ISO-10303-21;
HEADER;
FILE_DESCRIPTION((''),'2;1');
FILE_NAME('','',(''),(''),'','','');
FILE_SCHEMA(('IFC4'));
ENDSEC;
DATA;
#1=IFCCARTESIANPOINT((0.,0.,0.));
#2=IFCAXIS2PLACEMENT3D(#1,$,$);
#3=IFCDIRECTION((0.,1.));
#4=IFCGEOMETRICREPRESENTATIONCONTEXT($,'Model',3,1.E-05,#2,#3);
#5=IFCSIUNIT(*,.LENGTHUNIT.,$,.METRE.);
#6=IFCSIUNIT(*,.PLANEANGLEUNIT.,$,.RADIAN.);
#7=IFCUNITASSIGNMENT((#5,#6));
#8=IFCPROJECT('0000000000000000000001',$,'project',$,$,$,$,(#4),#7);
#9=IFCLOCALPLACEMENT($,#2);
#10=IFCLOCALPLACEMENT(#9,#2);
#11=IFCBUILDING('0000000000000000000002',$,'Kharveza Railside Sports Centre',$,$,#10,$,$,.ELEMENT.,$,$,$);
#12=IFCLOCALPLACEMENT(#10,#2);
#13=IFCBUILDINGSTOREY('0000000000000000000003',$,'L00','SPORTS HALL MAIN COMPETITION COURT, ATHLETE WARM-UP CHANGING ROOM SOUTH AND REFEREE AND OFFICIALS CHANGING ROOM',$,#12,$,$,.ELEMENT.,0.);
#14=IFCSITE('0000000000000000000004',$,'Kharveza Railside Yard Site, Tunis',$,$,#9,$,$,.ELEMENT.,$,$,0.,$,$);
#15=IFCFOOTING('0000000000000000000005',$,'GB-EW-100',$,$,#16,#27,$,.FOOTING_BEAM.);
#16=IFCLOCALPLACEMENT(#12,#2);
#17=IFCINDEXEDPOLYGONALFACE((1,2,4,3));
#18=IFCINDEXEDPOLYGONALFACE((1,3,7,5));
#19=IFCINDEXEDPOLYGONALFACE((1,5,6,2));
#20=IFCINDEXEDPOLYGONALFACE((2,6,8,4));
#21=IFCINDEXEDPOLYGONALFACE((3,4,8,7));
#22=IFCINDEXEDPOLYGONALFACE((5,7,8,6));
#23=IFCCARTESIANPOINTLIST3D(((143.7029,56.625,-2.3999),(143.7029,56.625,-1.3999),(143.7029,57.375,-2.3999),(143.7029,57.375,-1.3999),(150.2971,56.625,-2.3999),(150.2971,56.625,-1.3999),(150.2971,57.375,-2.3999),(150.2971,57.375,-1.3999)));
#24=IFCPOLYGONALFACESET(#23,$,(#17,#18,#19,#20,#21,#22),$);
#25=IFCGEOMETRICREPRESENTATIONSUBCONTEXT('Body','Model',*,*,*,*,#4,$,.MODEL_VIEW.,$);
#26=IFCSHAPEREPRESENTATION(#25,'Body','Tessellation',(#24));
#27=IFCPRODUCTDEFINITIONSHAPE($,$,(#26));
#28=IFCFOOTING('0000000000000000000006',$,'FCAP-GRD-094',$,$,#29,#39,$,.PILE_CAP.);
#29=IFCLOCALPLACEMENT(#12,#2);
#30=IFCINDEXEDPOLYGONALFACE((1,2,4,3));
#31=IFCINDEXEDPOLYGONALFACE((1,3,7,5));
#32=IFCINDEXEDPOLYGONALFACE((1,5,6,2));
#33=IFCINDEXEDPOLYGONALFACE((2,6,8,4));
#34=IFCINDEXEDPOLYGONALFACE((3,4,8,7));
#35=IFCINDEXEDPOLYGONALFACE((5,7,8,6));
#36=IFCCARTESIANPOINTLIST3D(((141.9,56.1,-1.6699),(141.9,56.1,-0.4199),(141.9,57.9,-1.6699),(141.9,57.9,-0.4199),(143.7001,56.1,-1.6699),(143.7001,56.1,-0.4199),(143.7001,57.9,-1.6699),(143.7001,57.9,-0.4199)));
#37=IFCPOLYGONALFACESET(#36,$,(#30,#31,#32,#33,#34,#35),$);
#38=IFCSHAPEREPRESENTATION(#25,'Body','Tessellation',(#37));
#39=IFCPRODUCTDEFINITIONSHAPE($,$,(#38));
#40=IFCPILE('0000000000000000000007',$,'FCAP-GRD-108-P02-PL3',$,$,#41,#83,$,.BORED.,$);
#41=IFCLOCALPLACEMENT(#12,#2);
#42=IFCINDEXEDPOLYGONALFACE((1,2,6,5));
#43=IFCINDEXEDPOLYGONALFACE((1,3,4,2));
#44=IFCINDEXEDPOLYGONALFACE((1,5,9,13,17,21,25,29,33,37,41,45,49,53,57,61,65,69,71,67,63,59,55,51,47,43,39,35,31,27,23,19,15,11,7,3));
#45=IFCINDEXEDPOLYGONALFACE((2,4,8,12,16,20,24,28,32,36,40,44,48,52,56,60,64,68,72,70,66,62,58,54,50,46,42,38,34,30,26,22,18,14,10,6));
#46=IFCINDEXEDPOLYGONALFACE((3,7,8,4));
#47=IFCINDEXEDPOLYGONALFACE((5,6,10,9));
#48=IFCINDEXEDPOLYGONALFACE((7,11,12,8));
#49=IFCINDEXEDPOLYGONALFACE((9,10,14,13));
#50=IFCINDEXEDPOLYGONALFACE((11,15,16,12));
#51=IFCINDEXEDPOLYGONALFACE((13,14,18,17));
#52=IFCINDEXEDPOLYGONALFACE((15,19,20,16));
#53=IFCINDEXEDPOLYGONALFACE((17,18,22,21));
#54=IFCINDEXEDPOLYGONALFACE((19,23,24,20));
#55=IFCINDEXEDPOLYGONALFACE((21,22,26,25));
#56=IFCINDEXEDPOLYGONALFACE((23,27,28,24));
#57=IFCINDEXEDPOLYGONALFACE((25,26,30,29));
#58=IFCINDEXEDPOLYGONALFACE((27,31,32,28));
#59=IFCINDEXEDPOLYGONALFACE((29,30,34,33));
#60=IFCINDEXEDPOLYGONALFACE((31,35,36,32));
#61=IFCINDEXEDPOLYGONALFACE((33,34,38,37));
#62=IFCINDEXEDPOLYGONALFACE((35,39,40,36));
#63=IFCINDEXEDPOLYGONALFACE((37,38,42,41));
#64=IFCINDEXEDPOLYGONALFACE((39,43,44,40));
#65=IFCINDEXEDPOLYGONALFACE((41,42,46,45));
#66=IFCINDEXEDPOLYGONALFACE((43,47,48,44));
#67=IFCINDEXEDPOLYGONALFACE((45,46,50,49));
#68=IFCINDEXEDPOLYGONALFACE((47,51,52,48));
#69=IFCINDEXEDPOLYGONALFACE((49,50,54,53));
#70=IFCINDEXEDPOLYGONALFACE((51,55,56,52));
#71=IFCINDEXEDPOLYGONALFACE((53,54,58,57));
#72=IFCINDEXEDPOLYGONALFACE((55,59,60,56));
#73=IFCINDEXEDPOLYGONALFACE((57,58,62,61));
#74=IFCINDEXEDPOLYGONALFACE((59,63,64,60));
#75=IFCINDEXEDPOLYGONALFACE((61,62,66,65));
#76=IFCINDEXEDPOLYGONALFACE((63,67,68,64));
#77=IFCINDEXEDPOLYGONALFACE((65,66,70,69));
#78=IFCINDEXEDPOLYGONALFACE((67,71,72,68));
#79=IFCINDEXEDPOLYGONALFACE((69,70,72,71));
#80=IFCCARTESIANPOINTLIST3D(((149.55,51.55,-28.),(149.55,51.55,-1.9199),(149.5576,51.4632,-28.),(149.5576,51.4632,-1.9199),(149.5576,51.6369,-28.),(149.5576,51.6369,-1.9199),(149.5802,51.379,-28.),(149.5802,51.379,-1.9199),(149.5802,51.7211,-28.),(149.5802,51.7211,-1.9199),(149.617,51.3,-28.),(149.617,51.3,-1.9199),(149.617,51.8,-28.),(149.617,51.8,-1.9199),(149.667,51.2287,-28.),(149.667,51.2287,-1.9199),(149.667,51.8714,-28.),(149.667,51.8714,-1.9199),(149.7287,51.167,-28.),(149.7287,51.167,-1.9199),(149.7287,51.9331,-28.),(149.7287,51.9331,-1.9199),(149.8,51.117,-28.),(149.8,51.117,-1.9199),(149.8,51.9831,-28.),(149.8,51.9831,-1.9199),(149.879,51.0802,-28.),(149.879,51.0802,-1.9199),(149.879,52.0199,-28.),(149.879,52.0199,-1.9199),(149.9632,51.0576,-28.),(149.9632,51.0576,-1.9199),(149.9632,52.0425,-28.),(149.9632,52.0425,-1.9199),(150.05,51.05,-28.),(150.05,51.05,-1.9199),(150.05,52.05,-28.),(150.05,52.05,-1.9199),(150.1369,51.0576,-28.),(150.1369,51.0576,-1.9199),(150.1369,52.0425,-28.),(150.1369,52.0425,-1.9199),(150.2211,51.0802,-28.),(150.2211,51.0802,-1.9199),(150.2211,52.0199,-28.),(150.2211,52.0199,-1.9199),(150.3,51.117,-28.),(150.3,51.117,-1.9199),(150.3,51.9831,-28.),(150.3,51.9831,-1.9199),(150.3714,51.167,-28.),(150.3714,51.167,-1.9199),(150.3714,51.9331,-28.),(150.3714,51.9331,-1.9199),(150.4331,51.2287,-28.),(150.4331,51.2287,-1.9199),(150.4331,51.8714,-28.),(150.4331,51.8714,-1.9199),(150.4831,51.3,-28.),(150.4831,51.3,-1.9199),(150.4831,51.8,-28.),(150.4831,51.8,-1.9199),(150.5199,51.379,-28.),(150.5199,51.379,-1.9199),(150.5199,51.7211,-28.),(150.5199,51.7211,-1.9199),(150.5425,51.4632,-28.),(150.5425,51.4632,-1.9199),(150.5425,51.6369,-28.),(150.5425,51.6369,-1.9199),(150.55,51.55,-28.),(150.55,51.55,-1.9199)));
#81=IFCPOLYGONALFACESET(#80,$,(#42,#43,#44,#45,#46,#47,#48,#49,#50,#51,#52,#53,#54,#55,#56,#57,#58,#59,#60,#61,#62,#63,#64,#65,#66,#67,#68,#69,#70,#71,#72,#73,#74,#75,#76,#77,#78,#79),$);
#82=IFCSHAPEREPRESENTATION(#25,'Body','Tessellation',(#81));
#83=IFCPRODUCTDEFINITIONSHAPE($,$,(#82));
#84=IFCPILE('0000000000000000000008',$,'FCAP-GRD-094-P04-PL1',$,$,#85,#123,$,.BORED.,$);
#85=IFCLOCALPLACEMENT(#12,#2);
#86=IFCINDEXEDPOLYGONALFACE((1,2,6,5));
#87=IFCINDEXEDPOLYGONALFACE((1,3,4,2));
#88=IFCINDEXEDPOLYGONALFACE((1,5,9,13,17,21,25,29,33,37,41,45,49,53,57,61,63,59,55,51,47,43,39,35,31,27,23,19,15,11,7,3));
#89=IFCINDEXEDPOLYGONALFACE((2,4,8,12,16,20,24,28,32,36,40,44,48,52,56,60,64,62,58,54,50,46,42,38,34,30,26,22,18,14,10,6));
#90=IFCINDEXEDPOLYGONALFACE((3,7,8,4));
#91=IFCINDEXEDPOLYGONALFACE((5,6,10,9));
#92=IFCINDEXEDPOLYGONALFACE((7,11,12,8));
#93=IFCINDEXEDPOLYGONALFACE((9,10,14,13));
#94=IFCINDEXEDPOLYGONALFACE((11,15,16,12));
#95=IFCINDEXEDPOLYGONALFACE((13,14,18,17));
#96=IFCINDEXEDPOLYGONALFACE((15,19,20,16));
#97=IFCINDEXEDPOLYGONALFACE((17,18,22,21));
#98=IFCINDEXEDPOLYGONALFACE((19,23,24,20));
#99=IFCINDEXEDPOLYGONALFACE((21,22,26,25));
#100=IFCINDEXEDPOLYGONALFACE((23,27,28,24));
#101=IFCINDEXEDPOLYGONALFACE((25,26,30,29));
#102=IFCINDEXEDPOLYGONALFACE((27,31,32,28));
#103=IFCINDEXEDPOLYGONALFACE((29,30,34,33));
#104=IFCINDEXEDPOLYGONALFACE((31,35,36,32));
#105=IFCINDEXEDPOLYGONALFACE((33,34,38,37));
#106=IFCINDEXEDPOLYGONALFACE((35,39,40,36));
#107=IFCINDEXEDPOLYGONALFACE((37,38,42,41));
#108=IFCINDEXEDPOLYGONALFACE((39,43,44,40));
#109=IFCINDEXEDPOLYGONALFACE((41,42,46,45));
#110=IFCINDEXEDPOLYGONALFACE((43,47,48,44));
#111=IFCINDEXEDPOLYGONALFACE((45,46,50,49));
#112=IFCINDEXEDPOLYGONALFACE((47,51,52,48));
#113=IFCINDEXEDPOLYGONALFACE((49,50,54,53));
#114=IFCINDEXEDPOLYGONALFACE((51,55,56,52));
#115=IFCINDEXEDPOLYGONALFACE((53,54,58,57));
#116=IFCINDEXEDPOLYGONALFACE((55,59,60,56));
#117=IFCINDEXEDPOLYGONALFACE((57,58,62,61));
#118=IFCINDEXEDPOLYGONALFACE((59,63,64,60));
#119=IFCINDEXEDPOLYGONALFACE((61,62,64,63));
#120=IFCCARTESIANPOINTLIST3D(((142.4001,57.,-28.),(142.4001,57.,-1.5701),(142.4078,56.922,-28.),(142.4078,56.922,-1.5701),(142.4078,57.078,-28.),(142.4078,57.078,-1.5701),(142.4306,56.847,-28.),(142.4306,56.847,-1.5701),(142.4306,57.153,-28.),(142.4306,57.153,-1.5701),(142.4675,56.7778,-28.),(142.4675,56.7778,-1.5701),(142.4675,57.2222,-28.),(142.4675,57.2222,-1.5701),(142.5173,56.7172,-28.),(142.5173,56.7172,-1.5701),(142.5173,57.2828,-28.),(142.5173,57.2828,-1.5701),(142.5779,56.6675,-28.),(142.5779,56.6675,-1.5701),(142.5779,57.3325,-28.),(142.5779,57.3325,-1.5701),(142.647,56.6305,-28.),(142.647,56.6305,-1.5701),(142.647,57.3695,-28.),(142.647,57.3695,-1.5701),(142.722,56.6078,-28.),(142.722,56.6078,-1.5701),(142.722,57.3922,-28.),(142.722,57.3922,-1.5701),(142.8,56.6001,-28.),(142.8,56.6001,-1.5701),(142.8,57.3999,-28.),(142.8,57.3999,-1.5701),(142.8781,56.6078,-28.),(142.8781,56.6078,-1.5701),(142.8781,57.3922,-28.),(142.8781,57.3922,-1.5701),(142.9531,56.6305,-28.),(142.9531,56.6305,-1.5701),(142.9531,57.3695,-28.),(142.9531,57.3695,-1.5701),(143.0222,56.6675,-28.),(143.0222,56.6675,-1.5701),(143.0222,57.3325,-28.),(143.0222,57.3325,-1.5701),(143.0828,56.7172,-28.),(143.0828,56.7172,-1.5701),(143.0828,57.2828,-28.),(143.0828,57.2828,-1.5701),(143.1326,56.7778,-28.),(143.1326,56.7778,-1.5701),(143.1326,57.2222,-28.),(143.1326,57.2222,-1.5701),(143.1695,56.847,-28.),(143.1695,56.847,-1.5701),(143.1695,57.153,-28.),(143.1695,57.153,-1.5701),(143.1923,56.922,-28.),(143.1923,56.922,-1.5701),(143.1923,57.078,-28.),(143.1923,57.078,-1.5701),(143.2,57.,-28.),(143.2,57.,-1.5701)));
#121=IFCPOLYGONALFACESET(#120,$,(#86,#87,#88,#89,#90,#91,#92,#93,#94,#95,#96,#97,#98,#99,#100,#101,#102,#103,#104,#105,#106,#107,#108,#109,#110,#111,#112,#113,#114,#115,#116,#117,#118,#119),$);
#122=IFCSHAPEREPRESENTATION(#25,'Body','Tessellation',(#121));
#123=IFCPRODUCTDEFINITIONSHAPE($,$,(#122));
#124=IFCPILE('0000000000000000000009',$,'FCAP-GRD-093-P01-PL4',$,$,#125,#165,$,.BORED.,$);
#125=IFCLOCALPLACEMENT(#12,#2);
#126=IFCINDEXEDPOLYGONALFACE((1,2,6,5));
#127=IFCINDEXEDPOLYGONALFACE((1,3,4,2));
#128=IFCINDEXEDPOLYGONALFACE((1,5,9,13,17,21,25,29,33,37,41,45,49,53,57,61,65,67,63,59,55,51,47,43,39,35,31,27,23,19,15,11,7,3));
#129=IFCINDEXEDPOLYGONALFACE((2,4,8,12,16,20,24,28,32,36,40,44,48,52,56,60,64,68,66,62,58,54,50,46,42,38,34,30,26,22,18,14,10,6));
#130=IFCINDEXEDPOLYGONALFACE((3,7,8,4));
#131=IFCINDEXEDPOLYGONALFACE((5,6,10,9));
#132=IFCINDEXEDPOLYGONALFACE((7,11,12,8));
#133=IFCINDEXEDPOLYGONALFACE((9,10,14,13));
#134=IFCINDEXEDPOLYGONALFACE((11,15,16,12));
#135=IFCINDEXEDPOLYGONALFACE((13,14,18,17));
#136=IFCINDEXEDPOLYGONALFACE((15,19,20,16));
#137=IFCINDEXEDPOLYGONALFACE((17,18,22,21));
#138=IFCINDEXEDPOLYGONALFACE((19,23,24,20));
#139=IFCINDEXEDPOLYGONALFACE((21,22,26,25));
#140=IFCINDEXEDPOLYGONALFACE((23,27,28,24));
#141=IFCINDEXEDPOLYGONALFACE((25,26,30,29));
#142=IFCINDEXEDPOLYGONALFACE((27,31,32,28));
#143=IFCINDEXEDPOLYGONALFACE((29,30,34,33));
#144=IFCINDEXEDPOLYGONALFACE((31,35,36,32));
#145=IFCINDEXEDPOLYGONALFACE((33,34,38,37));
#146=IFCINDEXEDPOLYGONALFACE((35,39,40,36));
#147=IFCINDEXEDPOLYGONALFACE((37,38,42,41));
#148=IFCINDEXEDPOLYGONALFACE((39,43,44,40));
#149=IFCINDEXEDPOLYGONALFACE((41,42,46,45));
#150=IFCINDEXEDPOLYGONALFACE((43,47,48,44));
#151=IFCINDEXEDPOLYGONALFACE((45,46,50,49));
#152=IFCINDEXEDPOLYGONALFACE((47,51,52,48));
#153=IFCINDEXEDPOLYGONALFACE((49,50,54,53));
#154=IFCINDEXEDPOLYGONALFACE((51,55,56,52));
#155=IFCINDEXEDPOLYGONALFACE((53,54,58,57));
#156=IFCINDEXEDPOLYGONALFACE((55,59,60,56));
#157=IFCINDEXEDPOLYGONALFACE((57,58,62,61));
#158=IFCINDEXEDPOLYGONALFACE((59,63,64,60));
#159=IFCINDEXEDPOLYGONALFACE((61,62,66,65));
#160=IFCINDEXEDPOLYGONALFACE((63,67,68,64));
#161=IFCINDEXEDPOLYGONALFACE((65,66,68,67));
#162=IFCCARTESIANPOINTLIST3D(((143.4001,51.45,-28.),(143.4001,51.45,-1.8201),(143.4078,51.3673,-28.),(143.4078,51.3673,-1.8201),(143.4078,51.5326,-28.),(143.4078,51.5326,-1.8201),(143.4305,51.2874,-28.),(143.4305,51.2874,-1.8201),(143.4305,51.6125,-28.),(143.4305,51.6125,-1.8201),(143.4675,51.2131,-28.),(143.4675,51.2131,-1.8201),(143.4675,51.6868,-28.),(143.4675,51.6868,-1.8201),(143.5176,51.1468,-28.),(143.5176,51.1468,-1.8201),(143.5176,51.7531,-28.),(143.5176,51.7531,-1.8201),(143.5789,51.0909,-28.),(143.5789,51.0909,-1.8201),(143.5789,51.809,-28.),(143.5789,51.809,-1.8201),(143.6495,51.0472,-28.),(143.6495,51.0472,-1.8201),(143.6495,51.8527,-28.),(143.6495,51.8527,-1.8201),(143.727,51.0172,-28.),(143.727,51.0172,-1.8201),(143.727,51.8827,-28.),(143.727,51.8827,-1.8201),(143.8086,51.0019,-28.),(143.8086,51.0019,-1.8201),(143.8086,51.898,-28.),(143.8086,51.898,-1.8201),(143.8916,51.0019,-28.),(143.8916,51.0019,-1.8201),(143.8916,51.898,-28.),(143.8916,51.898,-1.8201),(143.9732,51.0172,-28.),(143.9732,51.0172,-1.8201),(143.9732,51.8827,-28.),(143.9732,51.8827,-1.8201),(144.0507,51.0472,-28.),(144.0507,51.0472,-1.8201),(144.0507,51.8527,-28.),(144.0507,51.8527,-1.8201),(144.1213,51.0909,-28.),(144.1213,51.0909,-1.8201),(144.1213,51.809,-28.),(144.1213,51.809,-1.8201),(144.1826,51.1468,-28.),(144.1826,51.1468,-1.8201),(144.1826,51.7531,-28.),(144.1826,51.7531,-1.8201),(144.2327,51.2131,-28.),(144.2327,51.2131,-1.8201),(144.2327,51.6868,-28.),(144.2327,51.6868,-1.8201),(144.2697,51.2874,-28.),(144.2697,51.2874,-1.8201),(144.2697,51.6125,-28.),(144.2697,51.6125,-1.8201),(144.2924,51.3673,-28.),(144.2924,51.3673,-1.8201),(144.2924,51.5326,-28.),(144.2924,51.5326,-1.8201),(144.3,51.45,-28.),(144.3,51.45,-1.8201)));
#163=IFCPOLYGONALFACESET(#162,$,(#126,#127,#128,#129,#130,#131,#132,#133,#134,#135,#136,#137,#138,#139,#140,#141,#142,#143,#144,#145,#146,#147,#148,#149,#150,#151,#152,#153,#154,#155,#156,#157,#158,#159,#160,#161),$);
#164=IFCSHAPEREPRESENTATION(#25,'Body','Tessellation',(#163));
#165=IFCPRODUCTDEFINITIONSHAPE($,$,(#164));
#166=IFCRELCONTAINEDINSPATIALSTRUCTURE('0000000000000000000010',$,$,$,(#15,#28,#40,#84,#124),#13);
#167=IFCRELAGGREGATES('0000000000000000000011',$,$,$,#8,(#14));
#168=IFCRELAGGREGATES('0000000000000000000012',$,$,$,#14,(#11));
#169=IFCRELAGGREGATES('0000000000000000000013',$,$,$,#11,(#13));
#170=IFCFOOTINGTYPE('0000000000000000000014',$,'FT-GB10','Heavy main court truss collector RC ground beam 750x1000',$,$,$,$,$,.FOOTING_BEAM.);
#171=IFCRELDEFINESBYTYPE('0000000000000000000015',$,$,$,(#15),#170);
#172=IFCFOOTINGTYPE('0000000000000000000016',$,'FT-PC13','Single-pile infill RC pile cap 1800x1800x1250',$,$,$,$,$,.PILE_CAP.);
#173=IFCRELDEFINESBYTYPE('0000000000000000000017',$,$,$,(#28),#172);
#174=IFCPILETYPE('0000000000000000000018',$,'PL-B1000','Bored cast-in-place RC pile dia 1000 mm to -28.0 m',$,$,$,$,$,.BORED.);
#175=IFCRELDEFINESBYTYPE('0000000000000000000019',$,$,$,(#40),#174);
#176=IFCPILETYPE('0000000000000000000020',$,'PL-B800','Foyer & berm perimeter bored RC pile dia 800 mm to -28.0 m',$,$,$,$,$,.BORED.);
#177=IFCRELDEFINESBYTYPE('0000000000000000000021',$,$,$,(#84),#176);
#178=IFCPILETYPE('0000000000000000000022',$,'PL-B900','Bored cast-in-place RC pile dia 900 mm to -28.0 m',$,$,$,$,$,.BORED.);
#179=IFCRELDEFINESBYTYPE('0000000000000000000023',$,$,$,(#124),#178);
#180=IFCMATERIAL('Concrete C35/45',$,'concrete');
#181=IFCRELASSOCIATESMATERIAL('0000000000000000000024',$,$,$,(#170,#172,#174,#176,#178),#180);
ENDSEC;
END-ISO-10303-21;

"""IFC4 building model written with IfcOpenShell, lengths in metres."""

from ifc_helpers import new_model, si_unit, direction, frame, origin, origin_2d, place, context, subcontext, project, spatial, rectangle, circle, extrude, material, material_profile, profile_set, type_object, element, save


model = new_model("IFC4")

# Units and contexts
model_context = context("Model", 3, precision=1e-05, world=origin(), true_north=direction((0.0, 1.0)))
body_context = subcontext(model_context, "Body", "Model", "MODEL_VIEW")
ifc_project = project(units=[si_unit("LENGTHUNIT", "METRE"), si_unit("PLANEANGLEUNIT", "RADIAN")], contexts=[model_context])

# Site, building, storey
site_placement = place(None, origin())
site = spatial("IfcSite", under=ifc_project, at=site_placement, Name="Kharveza Railside Yard Site, Tunis", CompositionType="ELEMENT", RefElevation=0.0)
building_placement = place(site_placement, origin())
building = spatial("IfcBuilding", under=site, at=building_placement, Name="Kharveza Railside Sports Centre", CompositionType="ELEMENT")
storey_placement = place(building_placement, origin())
storey = spatial("IfcBuildingStorey", under=building, at=storey_placement, Name="L00", Description="SPORTS HALL MAIN COMPETITION COURT, ATHLETE WARM-UP CHANGING ROOM SOUTH AND REFEREE AND OFFICIALS CHANGING ROOM", CompositionType="ELEMENT", Elevation=0.0)

# Footings
ifc_material_1 = material(Name="Concrete C35/45", Category="concrete")
ifc_material_profile_1 = material_profile(ifc_material_1, rectangle(XDim=0.75, YDim=1.0, at=origin_2d()), Name="GB 750x1000")
ifc_profile_set_1 = profile_set([ifc_material_profile_1], Name="Concrete C35/45")
footing_type_1 = type_object("IfcFootingType", Name="FT-GB10", Description="Heavy main court truss collector RC ground beam 750x1000", PredefinedType="FOOTING_BEAM", material=ifc_profile_set_1)
footing_1_placement = place(storey_placement, frame((143.7029, 57.0, -1.8999), z_axis=(1.0, 0.0, 0.0), x_axis=(0.0, 1.0, 0.0)))
element("IfcFooting", 1, at=footing_1_placement, inside=storey, type_object=footing_type_1, Name="GB-EW-100", PredefinedType="FOOTING_BEAM", context=body_context, shape_type="SweptSolid", body=[
    extrude(rectangle(XDim=0.75, YDim=1.0, at=origin_2d()), origin(), (0.0, 0.0, 1.0), 6.5942),
])
footing_type_2 = type_object("IfcFootingType", Name="FT-PC13", Description="Single-pile infill RC pile cap 1800x1800x1250", PredefinedType="PILE_CAP", material=ifc_material_1)
footing_2_placement = place(storey_placement, frame((142.8, 57.0, -1.6699), z_axis=(0.0, 0.0, 1.0), x_axis=(1.0, 0.0, 0.0)))
element("IfcFooting", 2, at=footing_2_placement, inside=storey, type_object=footing_type_2, Name="FCAP-GRD-094", PredefinedType="PILE_CAP", context=body_context, shape_type="SweptSolid", body=[
    extrude(rectangle(XDim=1.8, YDim=1.8, at=origin_2d()), origin(), (0.0, 0.0, 1.0), 1.25),
])

# Piles
ifc_material_profile_2 = material_profile(ifc_material_1, circle(Radius=0.5, at=origin_2d()), Name="PILE D1000")
ifc_profile_set_2 = profile_set([ifc_material_profile_2], Name="Concrete C35/45")
pile_type_1 = type_object("IfcPileType", Name="PL-B1000", Description="Bored cast-in-place RC pile dia 1000 mm to -28.0 m", PredefinedType="BORED", material=ifc_profile_set_2)
pile_1_placement = place(storey_placement, frame((150.05, 51.55, -1.9199), z_axis=(0.0, 0.0, -1.0), x_axis=(1.0, 0.0, 0.0)))
element("IfcPile", 3, at=pile_1_placement, inside=storey, type_object=pile_type_1, Name="FCAP-GRD-108-P02-PL3", PredefinedType="BORED", context=body_context, shape_type="SweptSolid", body=[
    extrude(circle(Radius=0.5, at=origin_2d()), origin(), (0.0, 0.0, 1.0), 26.0801),
])
ifc_material_profile_3 = material_profile(ifc_material_1, circle(Radius=0.3999, at=origin_2d()), Name="PILE D800")
ifc_profile_set_3 = profile_set([ifc_material_profile_3], Name="Concrete C35/45")
pile_type_2 = type_object("IfcPileType", Name="PL-B800", Description="Foyer & berm perimeter bored RC pile dia 800 mm to -28.0 m", PredefinedType="BORED", material=ifc_profile_set_3)
pile_2_placement = place(storey_placement, frame((142.8, 57.0, -1.5701), z_axis=(0.0, 0.0, -1.0), x_axis=(1.0, 0.0, 0.0)))
element("IfcPile", 4, at=pile_2_placement, inside=storey, type_object=pile_type_2, Name="FCAP-GRD-094-P04-PL1", PredefinedType="BORED", context=body_context, shape_type="SweptSolid", body=[
    extrude(circle(Radius=0.3999, at=origin_2d()), origin(), (0.0, 0.0, 1.0), 26.4299),
])
ifc_material_profile_4 = material_profile(ifc_material_1, circle(Radius=0.45, at=origin_2d()), Name="PILE D900")
ifc_profile_set_4 = profile_set([ifc_material_profile_4], Name="Concrete C35/45")
pile_type_3 = type_object("IfcPileType", Name="PL-B900", Description="Bored cast-in-place RC pile dia 900 mm to -28.0 m", PredefinedType="BORED", material=ifc_profile_set_4)
pile_3_placement = place(storey_placement, frame((143.8501, 51.45, -1.8201), z_axis=(0.0, 0.0, -1.0), x_axis=(1.0, 0.0, 0.0)))
element("IfcPile", 5, at=pile_3_placement, inside=storey, type_object=pile_type_3, Name="FCAP-GRD-093-P01-PL4", PredefinedType="BORED", context=body_context, shape_type="SweptSolid", body=[
    extrude(circle(Radius=0.45, at=origin_2d()), origin(), (0.0, 0.0, 1.0), 26.1799),
])

save(model, "model.ifc")
